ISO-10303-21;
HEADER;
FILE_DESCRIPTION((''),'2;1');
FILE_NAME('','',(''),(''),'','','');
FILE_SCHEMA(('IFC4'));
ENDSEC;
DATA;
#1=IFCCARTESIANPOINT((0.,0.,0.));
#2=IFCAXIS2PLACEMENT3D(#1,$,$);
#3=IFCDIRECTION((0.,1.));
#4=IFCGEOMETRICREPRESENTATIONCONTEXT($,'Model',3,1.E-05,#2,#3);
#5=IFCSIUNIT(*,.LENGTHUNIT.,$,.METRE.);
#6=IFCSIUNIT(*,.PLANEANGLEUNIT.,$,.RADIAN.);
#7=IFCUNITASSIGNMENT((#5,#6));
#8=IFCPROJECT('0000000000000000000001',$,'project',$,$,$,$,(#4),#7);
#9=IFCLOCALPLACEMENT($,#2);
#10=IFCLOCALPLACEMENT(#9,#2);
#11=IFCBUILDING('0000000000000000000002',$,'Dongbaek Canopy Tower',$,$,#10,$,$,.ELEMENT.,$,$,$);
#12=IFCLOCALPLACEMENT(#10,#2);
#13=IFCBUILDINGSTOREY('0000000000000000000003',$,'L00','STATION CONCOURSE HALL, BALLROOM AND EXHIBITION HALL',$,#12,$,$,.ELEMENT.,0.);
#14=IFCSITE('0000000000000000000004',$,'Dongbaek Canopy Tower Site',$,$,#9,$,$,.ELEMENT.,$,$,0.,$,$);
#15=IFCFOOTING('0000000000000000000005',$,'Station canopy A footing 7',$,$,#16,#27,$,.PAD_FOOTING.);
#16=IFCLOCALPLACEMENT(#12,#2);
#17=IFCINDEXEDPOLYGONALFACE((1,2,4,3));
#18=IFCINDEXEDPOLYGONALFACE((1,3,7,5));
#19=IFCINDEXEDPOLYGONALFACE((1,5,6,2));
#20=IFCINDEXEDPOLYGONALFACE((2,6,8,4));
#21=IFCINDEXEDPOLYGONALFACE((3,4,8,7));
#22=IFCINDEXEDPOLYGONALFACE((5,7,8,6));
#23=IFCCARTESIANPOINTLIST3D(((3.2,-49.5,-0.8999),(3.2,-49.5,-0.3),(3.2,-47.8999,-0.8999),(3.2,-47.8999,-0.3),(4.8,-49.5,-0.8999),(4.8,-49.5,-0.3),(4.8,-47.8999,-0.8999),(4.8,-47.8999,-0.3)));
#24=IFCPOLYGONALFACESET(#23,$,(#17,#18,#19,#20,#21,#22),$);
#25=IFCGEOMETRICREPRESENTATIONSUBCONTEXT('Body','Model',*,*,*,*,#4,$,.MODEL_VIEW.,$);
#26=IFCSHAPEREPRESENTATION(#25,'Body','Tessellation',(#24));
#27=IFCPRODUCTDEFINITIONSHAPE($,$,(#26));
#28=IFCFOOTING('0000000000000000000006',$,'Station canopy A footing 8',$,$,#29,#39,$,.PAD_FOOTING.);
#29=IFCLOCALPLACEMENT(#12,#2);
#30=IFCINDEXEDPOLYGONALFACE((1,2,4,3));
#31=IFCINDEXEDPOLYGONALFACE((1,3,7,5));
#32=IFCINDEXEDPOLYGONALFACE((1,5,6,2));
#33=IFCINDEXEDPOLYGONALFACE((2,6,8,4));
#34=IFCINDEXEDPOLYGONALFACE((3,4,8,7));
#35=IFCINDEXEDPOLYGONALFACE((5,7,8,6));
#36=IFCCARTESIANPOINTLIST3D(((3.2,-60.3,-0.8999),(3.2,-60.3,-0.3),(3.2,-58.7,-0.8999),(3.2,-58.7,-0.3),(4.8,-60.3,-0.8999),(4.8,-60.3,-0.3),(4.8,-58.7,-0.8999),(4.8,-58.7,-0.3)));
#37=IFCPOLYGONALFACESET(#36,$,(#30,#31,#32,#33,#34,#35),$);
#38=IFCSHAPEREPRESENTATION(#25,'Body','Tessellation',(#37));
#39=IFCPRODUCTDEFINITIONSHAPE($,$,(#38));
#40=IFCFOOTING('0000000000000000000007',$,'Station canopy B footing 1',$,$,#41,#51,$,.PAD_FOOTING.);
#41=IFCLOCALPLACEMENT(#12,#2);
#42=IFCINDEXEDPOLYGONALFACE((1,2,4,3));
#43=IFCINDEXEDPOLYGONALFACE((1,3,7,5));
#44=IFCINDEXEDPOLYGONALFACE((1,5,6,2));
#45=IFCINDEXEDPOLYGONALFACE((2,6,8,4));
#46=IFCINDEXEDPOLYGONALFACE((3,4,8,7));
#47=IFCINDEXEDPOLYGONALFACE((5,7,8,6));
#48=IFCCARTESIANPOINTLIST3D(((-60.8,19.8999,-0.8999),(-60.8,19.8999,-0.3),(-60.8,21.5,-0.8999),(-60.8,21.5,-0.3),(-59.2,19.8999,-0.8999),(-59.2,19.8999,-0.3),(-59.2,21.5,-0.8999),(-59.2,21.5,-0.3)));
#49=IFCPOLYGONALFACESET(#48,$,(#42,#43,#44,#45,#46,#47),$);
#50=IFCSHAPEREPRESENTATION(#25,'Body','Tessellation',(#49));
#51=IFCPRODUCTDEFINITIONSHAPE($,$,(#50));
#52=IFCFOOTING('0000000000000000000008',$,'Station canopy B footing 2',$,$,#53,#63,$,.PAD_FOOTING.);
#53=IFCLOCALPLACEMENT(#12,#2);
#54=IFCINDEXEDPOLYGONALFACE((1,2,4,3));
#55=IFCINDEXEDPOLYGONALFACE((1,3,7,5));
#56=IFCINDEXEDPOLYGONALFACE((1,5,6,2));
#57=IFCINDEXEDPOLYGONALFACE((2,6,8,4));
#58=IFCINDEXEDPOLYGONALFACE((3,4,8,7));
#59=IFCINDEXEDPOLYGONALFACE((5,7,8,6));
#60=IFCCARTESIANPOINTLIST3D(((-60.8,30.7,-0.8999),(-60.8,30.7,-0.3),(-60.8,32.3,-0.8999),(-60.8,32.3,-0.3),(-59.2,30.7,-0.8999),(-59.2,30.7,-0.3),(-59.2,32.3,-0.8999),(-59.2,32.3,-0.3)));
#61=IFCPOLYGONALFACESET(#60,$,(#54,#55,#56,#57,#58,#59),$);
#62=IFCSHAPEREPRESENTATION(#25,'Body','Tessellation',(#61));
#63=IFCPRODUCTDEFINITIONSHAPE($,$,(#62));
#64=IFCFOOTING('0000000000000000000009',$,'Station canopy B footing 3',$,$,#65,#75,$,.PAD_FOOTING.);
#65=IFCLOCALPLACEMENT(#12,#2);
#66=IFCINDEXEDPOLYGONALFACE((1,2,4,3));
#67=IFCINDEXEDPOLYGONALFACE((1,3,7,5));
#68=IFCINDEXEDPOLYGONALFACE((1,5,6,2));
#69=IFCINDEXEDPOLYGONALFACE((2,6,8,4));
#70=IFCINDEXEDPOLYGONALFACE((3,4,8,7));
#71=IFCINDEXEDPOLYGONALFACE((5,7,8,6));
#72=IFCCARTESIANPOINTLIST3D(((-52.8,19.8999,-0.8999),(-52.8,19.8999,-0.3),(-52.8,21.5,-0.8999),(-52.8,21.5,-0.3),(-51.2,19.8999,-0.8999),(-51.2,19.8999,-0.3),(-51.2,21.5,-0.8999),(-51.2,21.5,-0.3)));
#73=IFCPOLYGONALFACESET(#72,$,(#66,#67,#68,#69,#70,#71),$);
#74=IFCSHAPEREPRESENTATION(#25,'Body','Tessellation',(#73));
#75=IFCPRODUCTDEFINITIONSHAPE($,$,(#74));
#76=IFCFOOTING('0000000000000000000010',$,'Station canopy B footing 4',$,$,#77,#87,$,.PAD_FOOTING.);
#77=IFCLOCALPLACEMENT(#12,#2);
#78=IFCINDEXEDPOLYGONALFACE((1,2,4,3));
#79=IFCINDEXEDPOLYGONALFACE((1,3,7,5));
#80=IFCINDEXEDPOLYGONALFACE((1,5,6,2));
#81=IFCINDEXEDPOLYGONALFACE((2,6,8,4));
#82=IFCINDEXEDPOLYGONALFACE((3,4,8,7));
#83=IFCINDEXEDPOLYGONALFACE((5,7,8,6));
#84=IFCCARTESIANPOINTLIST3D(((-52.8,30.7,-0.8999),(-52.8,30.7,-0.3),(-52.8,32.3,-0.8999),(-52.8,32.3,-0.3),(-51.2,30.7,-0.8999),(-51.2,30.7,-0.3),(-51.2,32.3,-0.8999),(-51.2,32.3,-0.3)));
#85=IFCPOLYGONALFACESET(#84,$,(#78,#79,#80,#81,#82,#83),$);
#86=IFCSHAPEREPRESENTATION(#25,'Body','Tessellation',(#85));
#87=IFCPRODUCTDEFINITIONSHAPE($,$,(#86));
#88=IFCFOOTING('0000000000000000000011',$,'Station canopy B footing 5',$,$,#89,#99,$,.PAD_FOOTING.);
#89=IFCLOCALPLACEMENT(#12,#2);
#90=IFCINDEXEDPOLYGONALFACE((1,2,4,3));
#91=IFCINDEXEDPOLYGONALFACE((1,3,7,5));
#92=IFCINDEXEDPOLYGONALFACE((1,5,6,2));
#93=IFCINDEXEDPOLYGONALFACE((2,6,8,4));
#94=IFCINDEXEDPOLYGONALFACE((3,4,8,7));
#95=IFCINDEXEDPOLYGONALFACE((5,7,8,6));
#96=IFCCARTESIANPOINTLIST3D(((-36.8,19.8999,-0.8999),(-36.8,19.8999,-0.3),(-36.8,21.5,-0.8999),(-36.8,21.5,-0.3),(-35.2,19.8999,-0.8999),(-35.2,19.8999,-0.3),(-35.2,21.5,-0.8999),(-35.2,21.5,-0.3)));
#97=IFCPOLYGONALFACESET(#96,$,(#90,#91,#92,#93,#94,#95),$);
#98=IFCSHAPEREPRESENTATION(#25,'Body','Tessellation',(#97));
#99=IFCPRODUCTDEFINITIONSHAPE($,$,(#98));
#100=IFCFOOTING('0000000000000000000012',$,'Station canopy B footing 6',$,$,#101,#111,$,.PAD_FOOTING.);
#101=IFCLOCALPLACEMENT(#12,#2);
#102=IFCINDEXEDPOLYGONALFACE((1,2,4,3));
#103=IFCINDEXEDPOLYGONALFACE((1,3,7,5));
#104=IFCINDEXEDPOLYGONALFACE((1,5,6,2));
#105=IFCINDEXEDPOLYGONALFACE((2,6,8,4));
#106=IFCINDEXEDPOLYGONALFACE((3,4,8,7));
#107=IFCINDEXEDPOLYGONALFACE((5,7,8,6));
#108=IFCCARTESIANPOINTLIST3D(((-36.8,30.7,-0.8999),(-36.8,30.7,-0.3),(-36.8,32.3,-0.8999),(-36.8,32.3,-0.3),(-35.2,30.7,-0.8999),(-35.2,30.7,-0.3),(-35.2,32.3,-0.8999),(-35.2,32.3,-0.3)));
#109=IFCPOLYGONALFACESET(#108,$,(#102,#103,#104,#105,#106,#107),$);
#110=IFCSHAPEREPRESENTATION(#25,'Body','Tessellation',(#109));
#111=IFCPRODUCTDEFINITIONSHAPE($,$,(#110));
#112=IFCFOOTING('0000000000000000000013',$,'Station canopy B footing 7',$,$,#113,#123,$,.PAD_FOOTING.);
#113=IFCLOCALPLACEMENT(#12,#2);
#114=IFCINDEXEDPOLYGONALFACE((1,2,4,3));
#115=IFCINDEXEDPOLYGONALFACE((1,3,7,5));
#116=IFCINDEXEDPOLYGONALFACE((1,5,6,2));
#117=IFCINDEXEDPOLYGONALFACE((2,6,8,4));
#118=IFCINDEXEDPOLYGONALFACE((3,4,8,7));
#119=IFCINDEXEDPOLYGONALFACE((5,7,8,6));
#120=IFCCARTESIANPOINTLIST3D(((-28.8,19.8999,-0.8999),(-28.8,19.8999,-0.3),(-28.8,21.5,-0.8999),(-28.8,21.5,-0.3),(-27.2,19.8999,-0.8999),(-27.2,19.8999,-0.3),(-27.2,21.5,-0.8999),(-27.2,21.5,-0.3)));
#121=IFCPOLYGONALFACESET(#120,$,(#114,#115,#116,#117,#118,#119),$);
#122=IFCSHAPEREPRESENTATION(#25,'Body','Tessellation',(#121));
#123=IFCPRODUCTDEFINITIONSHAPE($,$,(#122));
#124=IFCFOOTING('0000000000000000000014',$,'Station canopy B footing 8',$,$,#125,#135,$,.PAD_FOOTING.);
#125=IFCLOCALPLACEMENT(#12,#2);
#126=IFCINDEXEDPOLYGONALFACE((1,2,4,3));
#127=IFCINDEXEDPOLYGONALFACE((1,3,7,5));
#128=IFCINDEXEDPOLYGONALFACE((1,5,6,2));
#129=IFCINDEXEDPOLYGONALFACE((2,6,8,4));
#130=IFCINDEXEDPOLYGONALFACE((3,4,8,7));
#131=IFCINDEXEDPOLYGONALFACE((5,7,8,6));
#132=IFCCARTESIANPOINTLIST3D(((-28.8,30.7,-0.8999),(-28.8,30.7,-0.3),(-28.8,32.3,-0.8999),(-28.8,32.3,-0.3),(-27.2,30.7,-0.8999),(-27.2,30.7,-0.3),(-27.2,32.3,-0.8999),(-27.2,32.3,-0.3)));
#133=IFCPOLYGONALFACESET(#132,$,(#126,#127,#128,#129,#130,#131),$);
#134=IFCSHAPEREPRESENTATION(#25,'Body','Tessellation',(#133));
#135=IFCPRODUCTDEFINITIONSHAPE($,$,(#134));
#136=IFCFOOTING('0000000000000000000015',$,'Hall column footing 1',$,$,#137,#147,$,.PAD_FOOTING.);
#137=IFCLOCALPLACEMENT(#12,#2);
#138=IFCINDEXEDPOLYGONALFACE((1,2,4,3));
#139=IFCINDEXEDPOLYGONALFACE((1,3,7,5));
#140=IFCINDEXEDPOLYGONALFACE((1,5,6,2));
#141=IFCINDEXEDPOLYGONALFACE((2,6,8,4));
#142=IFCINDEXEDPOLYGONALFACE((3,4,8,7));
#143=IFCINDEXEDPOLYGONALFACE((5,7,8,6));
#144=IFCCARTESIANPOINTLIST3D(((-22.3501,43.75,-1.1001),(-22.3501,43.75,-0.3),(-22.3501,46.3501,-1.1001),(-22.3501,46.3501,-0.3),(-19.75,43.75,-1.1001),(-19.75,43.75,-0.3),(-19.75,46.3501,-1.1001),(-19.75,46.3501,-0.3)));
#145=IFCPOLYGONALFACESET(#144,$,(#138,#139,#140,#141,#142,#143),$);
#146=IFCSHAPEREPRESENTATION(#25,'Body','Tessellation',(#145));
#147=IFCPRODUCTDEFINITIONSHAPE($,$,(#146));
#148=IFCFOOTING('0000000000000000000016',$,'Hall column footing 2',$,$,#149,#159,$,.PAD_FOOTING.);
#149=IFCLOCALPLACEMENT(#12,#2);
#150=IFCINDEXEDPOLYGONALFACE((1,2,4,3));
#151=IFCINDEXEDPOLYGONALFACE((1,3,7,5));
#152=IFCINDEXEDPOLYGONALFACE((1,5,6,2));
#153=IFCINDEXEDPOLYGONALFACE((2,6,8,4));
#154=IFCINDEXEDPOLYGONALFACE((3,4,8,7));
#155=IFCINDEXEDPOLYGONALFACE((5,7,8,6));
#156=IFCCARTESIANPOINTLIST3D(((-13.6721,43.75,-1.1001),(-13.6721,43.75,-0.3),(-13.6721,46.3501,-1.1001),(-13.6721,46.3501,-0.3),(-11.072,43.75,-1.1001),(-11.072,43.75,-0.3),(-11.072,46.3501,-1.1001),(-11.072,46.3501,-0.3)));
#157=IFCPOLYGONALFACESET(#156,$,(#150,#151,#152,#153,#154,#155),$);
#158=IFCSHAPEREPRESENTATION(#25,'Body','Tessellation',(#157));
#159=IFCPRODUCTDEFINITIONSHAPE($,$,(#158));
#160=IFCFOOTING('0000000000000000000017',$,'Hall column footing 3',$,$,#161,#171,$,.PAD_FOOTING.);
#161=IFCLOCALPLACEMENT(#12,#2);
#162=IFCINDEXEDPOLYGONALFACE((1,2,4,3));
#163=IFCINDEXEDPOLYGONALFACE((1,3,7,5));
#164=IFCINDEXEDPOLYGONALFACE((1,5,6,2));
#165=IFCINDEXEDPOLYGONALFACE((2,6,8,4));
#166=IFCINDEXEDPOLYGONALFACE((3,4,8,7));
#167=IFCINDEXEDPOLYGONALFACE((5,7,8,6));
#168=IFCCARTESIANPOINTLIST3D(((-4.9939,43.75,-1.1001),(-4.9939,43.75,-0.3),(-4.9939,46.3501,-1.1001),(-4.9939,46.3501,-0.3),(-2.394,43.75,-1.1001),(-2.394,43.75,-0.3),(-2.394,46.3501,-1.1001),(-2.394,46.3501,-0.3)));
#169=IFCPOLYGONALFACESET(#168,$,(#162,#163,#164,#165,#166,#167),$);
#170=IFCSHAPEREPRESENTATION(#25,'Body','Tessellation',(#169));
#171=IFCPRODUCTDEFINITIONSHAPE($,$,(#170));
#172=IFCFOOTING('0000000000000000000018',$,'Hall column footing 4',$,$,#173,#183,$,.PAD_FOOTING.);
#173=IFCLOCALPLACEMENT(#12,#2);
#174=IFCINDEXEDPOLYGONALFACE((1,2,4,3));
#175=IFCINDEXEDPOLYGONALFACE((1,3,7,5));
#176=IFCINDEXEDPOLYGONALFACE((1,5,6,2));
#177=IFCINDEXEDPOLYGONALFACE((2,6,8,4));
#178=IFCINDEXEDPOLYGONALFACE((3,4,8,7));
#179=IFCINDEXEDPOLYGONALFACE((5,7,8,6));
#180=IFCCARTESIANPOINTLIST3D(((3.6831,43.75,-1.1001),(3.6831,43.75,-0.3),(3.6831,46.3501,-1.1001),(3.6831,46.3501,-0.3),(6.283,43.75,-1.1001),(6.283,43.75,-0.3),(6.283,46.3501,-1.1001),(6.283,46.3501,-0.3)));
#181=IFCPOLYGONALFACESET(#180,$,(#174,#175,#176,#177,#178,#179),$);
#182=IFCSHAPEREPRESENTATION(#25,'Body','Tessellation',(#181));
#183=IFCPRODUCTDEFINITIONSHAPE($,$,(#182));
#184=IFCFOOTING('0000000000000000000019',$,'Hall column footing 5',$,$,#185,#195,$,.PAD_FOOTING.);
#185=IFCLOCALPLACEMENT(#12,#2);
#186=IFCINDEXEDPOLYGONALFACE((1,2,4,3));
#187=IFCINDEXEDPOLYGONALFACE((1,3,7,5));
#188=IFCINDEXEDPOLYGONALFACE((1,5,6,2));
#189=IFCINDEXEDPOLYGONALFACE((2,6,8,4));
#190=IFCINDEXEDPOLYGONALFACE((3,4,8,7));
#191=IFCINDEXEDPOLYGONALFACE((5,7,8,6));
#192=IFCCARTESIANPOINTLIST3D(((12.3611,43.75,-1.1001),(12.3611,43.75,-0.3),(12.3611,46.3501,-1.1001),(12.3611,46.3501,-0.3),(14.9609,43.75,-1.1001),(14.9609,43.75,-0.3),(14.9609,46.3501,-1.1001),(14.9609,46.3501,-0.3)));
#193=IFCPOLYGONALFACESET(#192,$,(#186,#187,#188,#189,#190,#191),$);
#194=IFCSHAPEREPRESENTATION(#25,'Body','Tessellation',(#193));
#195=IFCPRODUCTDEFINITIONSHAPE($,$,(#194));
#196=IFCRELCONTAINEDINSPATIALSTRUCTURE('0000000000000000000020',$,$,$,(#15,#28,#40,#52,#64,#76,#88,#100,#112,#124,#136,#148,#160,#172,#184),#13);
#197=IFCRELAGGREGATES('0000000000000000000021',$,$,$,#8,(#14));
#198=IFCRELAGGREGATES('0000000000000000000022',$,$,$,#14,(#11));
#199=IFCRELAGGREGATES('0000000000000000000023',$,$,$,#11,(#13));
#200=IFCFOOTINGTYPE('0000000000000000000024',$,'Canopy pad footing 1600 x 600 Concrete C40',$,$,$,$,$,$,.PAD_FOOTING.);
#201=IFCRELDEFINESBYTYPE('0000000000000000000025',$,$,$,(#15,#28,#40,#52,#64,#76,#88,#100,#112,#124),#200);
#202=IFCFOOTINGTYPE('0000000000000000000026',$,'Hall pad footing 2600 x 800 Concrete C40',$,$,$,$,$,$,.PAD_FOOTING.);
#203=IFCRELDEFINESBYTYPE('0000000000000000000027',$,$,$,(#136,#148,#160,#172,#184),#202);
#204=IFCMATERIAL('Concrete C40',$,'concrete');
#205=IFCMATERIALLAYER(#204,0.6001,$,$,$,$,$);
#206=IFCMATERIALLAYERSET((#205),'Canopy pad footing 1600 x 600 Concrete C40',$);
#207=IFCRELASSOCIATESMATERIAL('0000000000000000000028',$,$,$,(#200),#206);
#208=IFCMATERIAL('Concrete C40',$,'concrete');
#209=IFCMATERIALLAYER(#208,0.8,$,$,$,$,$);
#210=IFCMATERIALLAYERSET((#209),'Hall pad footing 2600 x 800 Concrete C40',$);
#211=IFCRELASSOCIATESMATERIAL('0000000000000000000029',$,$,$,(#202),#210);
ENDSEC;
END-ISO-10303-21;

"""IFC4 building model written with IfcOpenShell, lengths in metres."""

from ifc_helpers import new_model, si_unit, direction, frame, origin, place, context, subcontext, project, spatial, polyline, outline, extrude, material, layer, layer_set, type_object, element, save


model = new_model("IFC4")

# Units and contexts
model_context = context("Model", 3, precision=1e-05, world=origin(), true_north=direction((0.0, 1.0)))
body_context = subcontext(model_context, "Body", "Model", "MODEL_VIEW")
ifc_project = project(units=[si_unit("LENGTHUNIT", "METRE"), si_unit("PLANEANGLEUNIT", "RADIAN")], contexts=[model_context])

# Site, building, storey
site_placement = place(None, origin())
site = spatial("IfcSite", under=ifc_project, at=site_placement, Name="Dongbaek Canopy Tower Site", CompositionType="ELEMENT", RefElevation=0.0)
building_placement = place(site_placement, origin())
building = spatial("IfcBuilding", under=site, at=building_placement, Name="Dongbaek Canopy Tower", CompositionType="ELEMENT")
storey_placement = place(building_placement, origin())
storey = spatial("IfcBuildingStorey", under=building, at=storey_placement, Name="L00", Description="STATION CONCOURSE HALL, BALLROOM AND EXHIBITION HALL", CompositionType="ELEMENT", Elevation=0.0)

# Footings
ifc_material_1 = material(Name="Concrete C40", Category="concrete")
ifc_layer_1 = layer(ifc_material_1, 0.6001)
ifc_layer_set_1 = layer_set([ifc_layer_1], Name="Canopy pad footing 1600 x 600 Concrete C40")
footing_type_1 = type_object("IfcFootingType", Name="Canopy pad footing 1600 x 600 Concrete C40", PredefinedType="PAD_FOOTING", material=ifc_layer_set_1)
footing_1_placement = place(storey_placement, frame((0.0, 0.0, -0.8999)))
element("IfcFooting", 1, at=footing_1_placement, inside=storey, type_object=footing_type_1, Name="Station canopy A footing 7", PredefinedType="PAD_FOOTING", context=body_context, shape_type="SweptSolid", body=[
    extrude(outline(polyline([(3.2, -49.5), (4.8, -49.5), (4.8, -47.8999), (3.2, -47.8999), (3.2, -49.5)])), origin(), (0.0, 0.0, 1.0), 0.5999),
])
footing_2_placement = place(storey_placement, frame((0.0, 0.0, -0.8999)))
element("IfcFooting", 2, at=footing_2_placement, inside=storey, type_object=footing_type_1, Name="Station canopy A footing 8", PredefinedType="PAD_FOOTING", context=body_context, shape_type="SweptSolid", body=[
    extrude(outline(polyline([(3.2, -60.3), (4.8, -60.3), (4.8, -58.7), (3.2, -58.7), (3.2, -60.3)])), origin(), (0.0, 0.0, 1.0), 0.5999),
])
footing_3_placement = place(storey_placement, frame((0.0, 0.0, -0.8999)))
element("IfcFooting", 3, at=footing_3_placement, inside=storey, type_object=footing_type_1, Name="Station canopy B footing 1", PredefinedType="PAD_FOOTING", context=body_context, shape_type="SweptSolid", body=[
    extrude(outline(polyline([(-60.8, 19.8999), (-59.2, 19.8999), (-59.2, 21.5), (-60.8, 21.5), (-60.8, 19.8999)])), origin(), (0.0, 0.0, 1.0), 0.5999),
])
footing_4_placement = place(storey_placement, frame((0.0, 0.0, -0.8999)))
element("IfcFooting", 4, at=footing_4_placement, inside=storey, type_object=footing_type_1, Name="Station canopy B footing 2", PredefinedType="PAD_FOOTING", context=body_context, shape_type="SweptSolid", body=[
    extrude(outline(polyline([(-60.8, 30.7), (-59.2, 30.7), (-59.2, 32.3), (-60.8, 32.3), (-60.8, 30.7)])), origin(), (0.0, 0.0, 1.0), 0.5999),
])
footing_5_placement = place(storey_placement, frame((0.0, 0.0, -0.8999)))
element("IfcFooting", 5, at=footing_5_placement, inside=storey, type_object=footing_type_1, Name="Station canopy B footing 3", PredefinedType="PAD_FOOTING", context=body_context, shape_type="SweptSolid", body=[
    extrude(outline(polyline([(-52.8, 19.8999), (-51.2, 19.8999), (-51.2, 21.5), (-52.8, 21.5), (-52.8, 19.8999)])), origin(), (0.0, 0.0, 1.0), 0.5999),
])
footing_6_placement = place(storey_placement, frame((0.0, 0.0, -0.8999)))
element("IfcFooting", 6, at=footing_6_placement, inside=storey, type_object=footing_type_1, Name="Station canopy B footing 4", PredefinedType="PAD_FOOTING", context=body_context, shape_type="SweptSolid", body=[
    extrude(outline(polyline([(-52.8, 30.7), (-51.2, 30.7), (-51.2, 32.3), (-52.8, 32.3), (-52.8, 30.7)])), origin(), (0.0, 0.0, 1.0), 0.5999),
])
footing_7_placement = place(storey_placement, frame((0.0, 0.0, -0.8999)))
element("IfcFooting", 7, at=footing_7_placement, inside=storey, type_object=footing_type_1, Name="Station canopy B footing 5", PredefinedType="PAD_FOOTING", context=body_context, shape_type="SweptSolid", body=[
    extrude(outline(polyline([(-36.8, 19.8999), (-35.2, 19.8999), (-35.2, 21.5), (-36.8, 21.5), (-36.8, 19.8999)])), origin(), (0.0, 0.0, 1.0), 0.5999),
])
footing_8_placement = place(storey_placement, frame((0.0, 0.0, -0.8999)))
element("IfcFooting", 8, at=footing_8_placement, inside=storey, type_object=footing_type_1, Name="Station canopy B footing 6", PredefinedType="PAD_FOOTING", context=body_context, shape_type="SweptSolid", body=[
    extrude(outline(polyline([(-36.8, 30.7), (-35.2, 30.7), (-35.2, 32.3), (-36.8, 32.3), (-36.8, 30.7)])), origin(), (0.0, 0.0, 1.0), 0.5999),
])
footing_9_placement = place(storey_placement, frame((0.0, 0.0, -0.8999)))
element("IfcFooting", 9, at=footing_9_placement, inside=storey, type_object=footing_type_1, Name="Station canopy B footing 7", PredefinedType="PAD_FOOTING", context=body_context, shape_type="SweptSolid", body=[
    extrude(outline(polyline([(-28.8, 19.8999), (-27.2, 19.8999), (-27.2, 21.5), (-28.8, 21.5), (-28.8, 19.8999)])), origin(), (0.0, 0.0, 1.0), 0.5999),
])
footing_10_placement = place(storey_placement, frame((0.0, 0.0, -0.8999)))
element("IfcFooting", 10, at=footing_10_placement, inside=storey, type_object=footing_type_1, Name="Station canopy B footing 8", PredefinedType="PAD_FOOTING", context=body_context, shape_type="SweptSolid", body=[
    extrude(outline(polyline([(-28.8, 30.7), (-27.2, 30.7), (-27.2, 32.3), (-28.8, 32.3), (-28.8, 30.7)])), origin(), (0.0, 0.0, 1.0), 0.5999),
])
ifc_material_2 = material(Name="Concrete C40", Category="concrete")
ifc_layer_2 = layer(ifc_material_2, 0.8)
ifc_layer_set_2 = layer_set([ifc_layer_2], Name="Hall pad footing 2600 x 800 Concrete C40")
footing_type_2 = type_object("IfcFootingType", Name="Hall pad footing 2600 x 800 Concrete C40", PredefinedType="PAD_FOOTING", material=ifc_layer_set_2)
footing_11_placement = place(storey_placement, frame((0.0, 0.0, -1.1001)))
element("IfcFooting", 11, at=footing_11_placement, inside=storey, type_object=footing_type_2, Name="Hall column footing 1", PredefinedType="PAD_FOOTING", context=body_context, shape_type="SweptSolid", body=[
    extrude(outline(polyline([(-22.3501, 43.75), (-19.75, 43.75), (-19.75, 46.3501), (-22.3501, 46.3501), (-22.3501, 43.75)])), origin(), (0.0, 0.0, 1.0), 0.8),
])
footing_12_placement = place(storey_placement, frame((0.0, 0.0, -1.1001)))
element("IfcFooting", 12, at=footing_12_placement, inside=storey, type_object=footing_type_2, Name="Hall column footing 2", PredefinedType="PAD_FOOTING", context=body_context, shape_type="SweptSolid", body=[
    extrude(outline(polyline([(-13.6721, 43.75), (-11.072, 43.75), (-11.072, 46.3501), (-13.6721, 46.3501), (-13.6721, 43.75)])), origin(), (0.0, 0.0, 1.0), 0.8),
])
footing_13_placement = place(storey_placement, frame((0.0, 0.0, -1.1001)))
element("IfcFooting", 13, at=footing_13_placement, inside=storey, type_object=footing_type_2, Name="Hall column footing 3", PredefinedType="PAD_FOOTING", context=body_context, shape_type="SweptSolid", body=[
    extrude(outline(polyline([(-4.9939, 43.75), (-2.394, 43.75), (-2.394, 46.3501), (-4.9939, 46.3501), (-4.9939, 43.75)])), origin(), (0.0, 0.0, 1.0), 0.8),
])
footing_14_placement = place(storey_placement, frame((0.0, 0.0, -1.1001)))
element("IfcFooting", 14, at=footing_14_placement, inside=storey, type_object=footing_type_2, Name="Hall column footing 4", PredefinedType="PAD_FOOTING", context=body_context, shape_type="SweptSolid", body=[
    extrude(outline(polyline([(3.6831, 43.75), (6.283, 43.75), (6.283, 46.3501), (3.6831, 46.3501), (3.6831, 43.75)])), origin(), (0.0, 0.0, 1.0), 0.8),
])
footing_15_placement = place(storey_placement, frame((0.0, 0.0, -1.1001)))
element("IfcFooting", 15, at=footing_15_placement, inside=storey, type_object=footing_type_2, Name="Hall column footing 5", PredefinedType="PAD_FOOTING", context=body_context, shape_type="SweptSolid", body=[
    extrude(outline(polyline([(12.3611, 43.75), (14.9609, 43.75), (14.9609, 46.3501), (12.3611, 46.3501), (12.3611, 43.75)])), origin(), (0.0, 0.0, 1.0), 0.8),
])

save(model, "model.ifc")
